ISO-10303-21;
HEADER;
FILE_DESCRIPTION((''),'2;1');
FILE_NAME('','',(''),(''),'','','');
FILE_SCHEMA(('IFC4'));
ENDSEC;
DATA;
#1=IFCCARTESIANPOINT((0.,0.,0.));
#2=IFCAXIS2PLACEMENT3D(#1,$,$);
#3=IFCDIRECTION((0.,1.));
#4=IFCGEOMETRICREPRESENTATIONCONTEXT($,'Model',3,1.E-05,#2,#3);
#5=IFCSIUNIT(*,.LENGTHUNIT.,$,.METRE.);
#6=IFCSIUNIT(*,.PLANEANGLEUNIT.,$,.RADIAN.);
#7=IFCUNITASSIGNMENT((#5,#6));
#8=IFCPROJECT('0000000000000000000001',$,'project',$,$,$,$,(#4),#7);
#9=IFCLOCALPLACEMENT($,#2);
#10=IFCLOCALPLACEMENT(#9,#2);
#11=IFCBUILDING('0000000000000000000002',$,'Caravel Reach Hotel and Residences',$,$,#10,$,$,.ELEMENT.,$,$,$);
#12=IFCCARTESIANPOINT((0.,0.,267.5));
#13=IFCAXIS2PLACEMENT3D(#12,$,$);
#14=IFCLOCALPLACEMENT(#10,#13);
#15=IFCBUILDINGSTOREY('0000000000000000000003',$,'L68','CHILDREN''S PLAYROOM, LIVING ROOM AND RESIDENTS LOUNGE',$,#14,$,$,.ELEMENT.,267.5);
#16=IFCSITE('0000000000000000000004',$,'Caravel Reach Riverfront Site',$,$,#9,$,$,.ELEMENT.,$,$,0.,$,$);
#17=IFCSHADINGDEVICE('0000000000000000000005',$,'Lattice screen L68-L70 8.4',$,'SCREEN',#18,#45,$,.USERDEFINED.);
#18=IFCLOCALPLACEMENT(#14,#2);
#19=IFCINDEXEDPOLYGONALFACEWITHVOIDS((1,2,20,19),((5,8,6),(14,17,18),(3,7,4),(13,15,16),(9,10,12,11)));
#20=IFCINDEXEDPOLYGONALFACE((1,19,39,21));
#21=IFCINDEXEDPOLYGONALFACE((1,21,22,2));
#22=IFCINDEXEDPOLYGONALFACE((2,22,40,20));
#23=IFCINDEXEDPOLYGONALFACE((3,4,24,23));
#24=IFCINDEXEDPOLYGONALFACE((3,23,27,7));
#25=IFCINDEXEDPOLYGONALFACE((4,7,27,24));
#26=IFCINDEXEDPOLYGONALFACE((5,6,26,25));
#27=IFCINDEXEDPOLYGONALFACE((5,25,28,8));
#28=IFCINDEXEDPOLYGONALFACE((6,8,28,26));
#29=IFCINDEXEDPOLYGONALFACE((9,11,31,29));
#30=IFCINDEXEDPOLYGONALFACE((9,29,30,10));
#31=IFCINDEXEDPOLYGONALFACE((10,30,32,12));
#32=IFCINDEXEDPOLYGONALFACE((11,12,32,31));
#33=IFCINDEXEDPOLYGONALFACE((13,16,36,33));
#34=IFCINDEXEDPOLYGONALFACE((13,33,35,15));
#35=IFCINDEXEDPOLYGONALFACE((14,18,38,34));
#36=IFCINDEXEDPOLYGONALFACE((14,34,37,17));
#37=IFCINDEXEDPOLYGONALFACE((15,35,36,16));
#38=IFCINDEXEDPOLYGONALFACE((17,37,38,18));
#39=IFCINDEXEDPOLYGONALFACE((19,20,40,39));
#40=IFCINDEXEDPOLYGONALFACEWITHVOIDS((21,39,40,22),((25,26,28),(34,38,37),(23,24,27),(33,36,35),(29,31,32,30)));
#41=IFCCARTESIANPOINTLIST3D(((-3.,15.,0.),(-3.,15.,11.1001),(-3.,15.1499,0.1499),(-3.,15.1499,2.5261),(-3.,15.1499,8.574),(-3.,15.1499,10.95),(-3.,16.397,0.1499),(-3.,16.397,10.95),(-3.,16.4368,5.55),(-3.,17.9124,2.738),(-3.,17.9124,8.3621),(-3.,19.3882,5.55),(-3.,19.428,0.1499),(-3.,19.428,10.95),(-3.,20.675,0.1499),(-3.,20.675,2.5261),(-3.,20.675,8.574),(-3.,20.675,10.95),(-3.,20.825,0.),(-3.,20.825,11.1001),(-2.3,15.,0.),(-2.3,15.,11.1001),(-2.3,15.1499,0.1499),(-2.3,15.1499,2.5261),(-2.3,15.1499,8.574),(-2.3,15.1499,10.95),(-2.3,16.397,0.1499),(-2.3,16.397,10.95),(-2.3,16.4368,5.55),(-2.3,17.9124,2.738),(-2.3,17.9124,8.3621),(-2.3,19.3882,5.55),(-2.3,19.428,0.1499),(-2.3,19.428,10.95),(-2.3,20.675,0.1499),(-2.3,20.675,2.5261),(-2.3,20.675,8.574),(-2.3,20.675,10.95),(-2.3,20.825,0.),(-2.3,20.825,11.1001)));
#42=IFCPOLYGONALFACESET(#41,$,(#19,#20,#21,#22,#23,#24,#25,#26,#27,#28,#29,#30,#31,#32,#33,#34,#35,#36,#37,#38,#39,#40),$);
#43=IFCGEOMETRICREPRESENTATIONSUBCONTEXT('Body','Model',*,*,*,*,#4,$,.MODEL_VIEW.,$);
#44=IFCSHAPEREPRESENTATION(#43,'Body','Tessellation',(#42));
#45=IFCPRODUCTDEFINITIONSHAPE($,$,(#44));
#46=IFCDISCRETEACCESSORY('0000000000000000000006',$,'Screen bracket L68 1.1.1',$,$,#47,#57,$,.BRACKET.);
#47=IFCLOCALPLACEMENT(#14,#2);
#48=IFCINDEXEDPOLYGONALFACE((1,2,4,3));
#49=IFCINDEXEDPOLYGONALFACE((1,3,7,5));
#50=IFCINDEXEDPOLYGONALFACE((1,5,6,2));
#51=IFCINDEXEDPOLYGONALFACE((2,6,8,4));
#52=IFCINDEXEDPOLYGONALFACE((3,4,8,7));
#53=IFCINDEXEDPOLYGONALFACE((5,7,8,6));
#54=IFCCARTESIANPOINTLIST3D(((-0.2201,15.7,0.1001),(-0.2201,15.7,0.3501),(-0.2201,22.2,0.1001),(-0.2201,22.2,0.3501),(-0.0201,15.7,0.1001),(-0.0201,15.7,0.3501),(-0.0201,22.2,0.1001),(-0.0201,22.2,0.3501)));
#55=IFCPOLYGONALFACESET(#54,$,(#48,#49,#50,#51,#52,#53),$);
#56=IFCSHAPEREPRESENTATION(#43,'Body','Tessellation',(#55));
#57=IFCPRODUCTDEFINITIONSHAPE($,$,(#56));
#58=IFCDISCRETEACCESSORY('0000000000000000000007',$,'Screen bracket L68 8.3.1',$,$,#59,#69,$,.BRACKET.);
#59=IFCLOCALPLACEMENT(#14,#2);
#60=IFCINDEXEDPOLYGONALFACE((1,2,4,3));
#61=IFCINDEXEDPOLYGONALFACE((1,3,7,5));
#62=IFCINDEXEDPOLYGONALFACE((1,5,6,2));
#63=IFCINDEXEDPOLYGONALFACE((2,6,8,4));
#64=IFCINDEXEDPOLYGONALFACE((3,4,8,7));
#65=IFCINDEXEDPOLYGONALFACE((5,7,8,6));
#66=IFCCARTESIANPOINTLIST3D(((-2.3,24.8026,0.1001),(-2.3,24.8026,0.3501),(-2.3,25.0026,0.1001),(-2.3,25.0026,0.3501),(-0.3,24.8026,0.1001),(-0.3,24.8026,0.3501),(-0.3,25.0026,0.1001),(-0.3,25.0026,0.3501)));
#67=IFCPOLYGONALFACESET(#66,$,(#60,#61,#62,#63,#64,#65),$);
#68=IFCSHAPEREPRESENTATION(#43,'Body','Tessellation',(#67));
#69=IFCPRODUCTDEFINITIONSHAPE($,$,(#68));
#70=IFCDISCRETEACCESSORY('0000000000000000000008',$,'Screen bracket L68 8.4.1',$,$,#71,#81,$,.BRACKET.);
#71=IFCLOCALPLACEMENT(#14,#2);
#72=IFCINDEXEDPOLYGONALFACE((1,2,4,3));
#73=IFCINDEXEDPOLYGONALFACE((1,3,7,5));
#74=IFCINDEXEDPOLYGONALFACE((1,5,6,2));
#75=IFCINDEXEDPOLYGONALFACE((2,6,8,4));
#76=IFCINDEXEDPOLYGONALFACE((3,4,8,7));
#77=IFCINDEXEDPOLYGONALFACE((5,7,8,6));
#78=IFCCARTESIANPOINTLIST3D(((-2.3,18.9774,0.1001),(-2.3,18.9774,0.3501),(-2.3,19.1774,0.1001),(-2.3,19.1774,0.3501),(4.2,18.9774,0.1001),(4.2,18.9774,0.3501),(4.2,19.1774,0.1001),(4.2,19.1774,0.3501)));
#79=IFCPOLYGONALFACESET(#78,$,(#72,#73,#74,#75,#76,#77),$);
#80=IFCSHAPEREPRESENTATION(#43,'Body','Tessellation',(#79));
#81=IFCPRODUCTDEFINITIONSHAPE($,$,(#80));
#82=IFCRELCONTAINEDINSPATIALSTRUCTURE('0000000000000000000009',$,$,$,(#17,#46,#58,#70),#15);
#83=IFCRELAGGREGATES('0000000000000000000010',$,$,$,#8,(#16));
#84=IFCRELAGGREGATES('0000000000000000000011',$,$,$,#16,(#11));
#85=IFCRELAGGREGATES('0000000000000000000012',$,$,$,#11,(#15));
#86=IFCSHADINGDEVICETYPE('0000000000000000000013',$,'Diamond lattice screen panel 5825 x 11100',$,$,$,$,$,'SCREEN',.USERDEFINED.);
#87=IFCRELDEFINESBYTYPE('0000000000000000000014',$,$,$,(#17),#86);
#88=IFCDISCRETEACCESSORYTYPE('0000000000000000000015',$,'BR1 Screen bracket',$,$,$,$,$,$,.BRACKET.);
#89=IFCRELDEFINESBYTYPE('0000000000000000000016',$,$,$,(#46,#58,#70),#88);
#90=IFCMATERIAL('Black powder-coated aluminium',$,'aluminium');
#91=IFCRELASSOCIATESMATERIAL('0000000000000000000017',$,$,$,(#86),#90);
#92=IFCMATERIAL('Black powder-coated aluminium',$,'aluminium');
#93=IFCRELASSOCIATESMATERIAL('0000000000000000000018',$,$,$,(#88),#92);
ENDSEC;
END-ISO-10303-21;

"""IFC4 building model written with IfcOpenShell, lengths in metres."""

from ifc_helpers import new_model, si_unit, direction, frame, origin, origin_2d, place, context, subcontext, project, spatial, polyline, rectangle, outline, extrude, material, type_object, element, save


model = new_model("IFC4")

# Units and contexts
model_context = context("Model", 3, precision=1e-05, world=origin(), true_north=direction((0.0, 1.0)))
body_context = subcontext(model_context, "Body", "Model", "MODEL_VIEW")
ifc_project = project(units=[si_unit("LENGTHUNIT", "METRE"), si_unit("PLANEANGLEUNIT", "RADIAN")], contexts=[model_context])

# Site, building, storey
site_placement = place(None, origin())
site = spatial("IfcSite", under=ifc_project, at=site_placement, Name="Caravel Reach Riverfront Site", CompositionType="ELEMENT", RefElevation=0.0)
building_placement = place(site_placement, origin())
building = spatial("IfcBuilding", under=site, at=building_placement, Name="Caravel Reach Hotel and Residences", CompositionType="ELEMENT")
storey_placement = place(building_placement, frame((0.0, 0.0, 267.5)))
storey = spatial("IfcBuildingStorey", under=building, at=storey_placement, Name="L68", Description="CHILDREN'S PLAYROOM, LIVING ROOM AND RESIDENTS LOUNGE", CompositionType="ELEMENT", Elevation=267.5)

# Shading device
ifc_material_1 = material(Name="Black powder-coated aluminium", Category="aluminium")
shading_device_type = type_object("IfcShadingDeviceType", Name="Diamond lattice screen panel 5825 x 11100", ElementType="SCREEN", PredefinedType="USERDEFINED", material=ifc_material_1)
for number, where, z_axis, x_axis, name in (
    (1, (-2.3, 20.825, 0.0), (-1.0, 0.0, 0.0), (0.0, -1.0, 0.0), "Lattice screen L68-L70 8.4"),
):
    element("IfcShadingDevice", number, at=place(storey_placement, frame(where, z_axis=z_axis, x_axis=x_axis)), inside=storey, type_object=shading_device_type, Name=name, ObjectType="SCREEN", PredefinedType="USERDEFINED", context=body_context, shape_type="SweptSolid", body=[
        extrude(outline(polyline([(0.0, 0.0), (5.825, 0.0), (5.825, 11.1001), (0.0, 11.1001), (0.0, 0.0)]), holes=[polyline([(1.397, 0.1499), (0.1499, 2.5261), (0.1499, 0.1499), (1.397, 0.1499)]), polyline([(0.1499, 8.574), (1.397, 10.95), (0.1499, 10.95), (0.1499, 8.574)]), polyline([(2.9126, 8.3621), (1.4368, 5.55), (2.9126, 2.738), (4.3882, 5.55), (2.9126, 8.3621)]), polyline([(5.675, 2.5261), (4.428, 0.1499), (5.675, 0.1499), (5.675, 2.5261)]), polyline([(4.428, 10.95), (5.675, 8.574), (5.675, 10.95), (4.428, 10.95)])]), origin(), (0.0, 0.0, 1.0), 0.7),
    ])

# Discrete accessories
ifc_material_2 = material(Name="Black powder-coated aluminium", Category="aluminium")
discrete_accessory_type = type_object("IfcDiscreteAccessoryType", Name="BR1 Screen bracket", PredefinedType="BRACKET", material=ifc_material_2)
discrete_accessory_1_placement = place(storey_placement, frame((-0.1201, 18.95, 0.1001), z_axis=(0.0, 0.0, 1.0), x_axis=(0.0, -1.0, 0.0)))
element("IfcDiscreteAccessory", 2, at=discrete_accessory_1_placement, inside=storey, type_object=discrete_accessory_type, Name="Screen bracket L68 1.1.1", PredefinedType="BRACKET", context=body_context, shape_type="SweptSolid", body=[
    extrude(rectangle(XDim=6.5, YDim=0.2, at=origin_2d()), origin(), (0.0, 0.0, 1.0), 0.25),
])
discrete_accessory_2_placement = place(storey_placement, frame((-1.3, 24.9026, 0.1001), z_axis=(0.0, 0.0, 1.0), x_axis=(-1.0, 0.0, 0.0)))
element("IfcDiscreteAccessory", 3, at=discrete_accessory_2_placement, inside=storey, type_object=discrete_accessory_type, Name="Screen bracket L68 8.3.1", PredefinedType="BRACKET", context=body_context, shape_type="SweptSolid", body=[
    extrude(rectangle(XDim=2.0, YDim=0.2, at=origin_2d()), origin(), (0.0, 0.0, 1.0), 0.25),
])
discrete_accessory_3_placement = place(storey_placement, frame((0.95, 19.0774, 0.1001), z_axis=(0.0, 0.0, 1.0), x_axis=(-1.0, 0.0, 0.0)))
element("IfcDiscreteAccessory", 4, at=discrete_accessory_3_placement, inside=storey, type_object=discrete_accessory_type, Name="Screen bracket L68 8.4.1", PredefinedType="BRACKET", context=body_context, shape_type="SweptSolid", body=[
    extrude(rectangle(XDim=6.5, YDim=0.2, at=origin_2d()), origin(), (0.0, 0.0, 1.0), 0.25),
])

save(model, "model.ifc")
